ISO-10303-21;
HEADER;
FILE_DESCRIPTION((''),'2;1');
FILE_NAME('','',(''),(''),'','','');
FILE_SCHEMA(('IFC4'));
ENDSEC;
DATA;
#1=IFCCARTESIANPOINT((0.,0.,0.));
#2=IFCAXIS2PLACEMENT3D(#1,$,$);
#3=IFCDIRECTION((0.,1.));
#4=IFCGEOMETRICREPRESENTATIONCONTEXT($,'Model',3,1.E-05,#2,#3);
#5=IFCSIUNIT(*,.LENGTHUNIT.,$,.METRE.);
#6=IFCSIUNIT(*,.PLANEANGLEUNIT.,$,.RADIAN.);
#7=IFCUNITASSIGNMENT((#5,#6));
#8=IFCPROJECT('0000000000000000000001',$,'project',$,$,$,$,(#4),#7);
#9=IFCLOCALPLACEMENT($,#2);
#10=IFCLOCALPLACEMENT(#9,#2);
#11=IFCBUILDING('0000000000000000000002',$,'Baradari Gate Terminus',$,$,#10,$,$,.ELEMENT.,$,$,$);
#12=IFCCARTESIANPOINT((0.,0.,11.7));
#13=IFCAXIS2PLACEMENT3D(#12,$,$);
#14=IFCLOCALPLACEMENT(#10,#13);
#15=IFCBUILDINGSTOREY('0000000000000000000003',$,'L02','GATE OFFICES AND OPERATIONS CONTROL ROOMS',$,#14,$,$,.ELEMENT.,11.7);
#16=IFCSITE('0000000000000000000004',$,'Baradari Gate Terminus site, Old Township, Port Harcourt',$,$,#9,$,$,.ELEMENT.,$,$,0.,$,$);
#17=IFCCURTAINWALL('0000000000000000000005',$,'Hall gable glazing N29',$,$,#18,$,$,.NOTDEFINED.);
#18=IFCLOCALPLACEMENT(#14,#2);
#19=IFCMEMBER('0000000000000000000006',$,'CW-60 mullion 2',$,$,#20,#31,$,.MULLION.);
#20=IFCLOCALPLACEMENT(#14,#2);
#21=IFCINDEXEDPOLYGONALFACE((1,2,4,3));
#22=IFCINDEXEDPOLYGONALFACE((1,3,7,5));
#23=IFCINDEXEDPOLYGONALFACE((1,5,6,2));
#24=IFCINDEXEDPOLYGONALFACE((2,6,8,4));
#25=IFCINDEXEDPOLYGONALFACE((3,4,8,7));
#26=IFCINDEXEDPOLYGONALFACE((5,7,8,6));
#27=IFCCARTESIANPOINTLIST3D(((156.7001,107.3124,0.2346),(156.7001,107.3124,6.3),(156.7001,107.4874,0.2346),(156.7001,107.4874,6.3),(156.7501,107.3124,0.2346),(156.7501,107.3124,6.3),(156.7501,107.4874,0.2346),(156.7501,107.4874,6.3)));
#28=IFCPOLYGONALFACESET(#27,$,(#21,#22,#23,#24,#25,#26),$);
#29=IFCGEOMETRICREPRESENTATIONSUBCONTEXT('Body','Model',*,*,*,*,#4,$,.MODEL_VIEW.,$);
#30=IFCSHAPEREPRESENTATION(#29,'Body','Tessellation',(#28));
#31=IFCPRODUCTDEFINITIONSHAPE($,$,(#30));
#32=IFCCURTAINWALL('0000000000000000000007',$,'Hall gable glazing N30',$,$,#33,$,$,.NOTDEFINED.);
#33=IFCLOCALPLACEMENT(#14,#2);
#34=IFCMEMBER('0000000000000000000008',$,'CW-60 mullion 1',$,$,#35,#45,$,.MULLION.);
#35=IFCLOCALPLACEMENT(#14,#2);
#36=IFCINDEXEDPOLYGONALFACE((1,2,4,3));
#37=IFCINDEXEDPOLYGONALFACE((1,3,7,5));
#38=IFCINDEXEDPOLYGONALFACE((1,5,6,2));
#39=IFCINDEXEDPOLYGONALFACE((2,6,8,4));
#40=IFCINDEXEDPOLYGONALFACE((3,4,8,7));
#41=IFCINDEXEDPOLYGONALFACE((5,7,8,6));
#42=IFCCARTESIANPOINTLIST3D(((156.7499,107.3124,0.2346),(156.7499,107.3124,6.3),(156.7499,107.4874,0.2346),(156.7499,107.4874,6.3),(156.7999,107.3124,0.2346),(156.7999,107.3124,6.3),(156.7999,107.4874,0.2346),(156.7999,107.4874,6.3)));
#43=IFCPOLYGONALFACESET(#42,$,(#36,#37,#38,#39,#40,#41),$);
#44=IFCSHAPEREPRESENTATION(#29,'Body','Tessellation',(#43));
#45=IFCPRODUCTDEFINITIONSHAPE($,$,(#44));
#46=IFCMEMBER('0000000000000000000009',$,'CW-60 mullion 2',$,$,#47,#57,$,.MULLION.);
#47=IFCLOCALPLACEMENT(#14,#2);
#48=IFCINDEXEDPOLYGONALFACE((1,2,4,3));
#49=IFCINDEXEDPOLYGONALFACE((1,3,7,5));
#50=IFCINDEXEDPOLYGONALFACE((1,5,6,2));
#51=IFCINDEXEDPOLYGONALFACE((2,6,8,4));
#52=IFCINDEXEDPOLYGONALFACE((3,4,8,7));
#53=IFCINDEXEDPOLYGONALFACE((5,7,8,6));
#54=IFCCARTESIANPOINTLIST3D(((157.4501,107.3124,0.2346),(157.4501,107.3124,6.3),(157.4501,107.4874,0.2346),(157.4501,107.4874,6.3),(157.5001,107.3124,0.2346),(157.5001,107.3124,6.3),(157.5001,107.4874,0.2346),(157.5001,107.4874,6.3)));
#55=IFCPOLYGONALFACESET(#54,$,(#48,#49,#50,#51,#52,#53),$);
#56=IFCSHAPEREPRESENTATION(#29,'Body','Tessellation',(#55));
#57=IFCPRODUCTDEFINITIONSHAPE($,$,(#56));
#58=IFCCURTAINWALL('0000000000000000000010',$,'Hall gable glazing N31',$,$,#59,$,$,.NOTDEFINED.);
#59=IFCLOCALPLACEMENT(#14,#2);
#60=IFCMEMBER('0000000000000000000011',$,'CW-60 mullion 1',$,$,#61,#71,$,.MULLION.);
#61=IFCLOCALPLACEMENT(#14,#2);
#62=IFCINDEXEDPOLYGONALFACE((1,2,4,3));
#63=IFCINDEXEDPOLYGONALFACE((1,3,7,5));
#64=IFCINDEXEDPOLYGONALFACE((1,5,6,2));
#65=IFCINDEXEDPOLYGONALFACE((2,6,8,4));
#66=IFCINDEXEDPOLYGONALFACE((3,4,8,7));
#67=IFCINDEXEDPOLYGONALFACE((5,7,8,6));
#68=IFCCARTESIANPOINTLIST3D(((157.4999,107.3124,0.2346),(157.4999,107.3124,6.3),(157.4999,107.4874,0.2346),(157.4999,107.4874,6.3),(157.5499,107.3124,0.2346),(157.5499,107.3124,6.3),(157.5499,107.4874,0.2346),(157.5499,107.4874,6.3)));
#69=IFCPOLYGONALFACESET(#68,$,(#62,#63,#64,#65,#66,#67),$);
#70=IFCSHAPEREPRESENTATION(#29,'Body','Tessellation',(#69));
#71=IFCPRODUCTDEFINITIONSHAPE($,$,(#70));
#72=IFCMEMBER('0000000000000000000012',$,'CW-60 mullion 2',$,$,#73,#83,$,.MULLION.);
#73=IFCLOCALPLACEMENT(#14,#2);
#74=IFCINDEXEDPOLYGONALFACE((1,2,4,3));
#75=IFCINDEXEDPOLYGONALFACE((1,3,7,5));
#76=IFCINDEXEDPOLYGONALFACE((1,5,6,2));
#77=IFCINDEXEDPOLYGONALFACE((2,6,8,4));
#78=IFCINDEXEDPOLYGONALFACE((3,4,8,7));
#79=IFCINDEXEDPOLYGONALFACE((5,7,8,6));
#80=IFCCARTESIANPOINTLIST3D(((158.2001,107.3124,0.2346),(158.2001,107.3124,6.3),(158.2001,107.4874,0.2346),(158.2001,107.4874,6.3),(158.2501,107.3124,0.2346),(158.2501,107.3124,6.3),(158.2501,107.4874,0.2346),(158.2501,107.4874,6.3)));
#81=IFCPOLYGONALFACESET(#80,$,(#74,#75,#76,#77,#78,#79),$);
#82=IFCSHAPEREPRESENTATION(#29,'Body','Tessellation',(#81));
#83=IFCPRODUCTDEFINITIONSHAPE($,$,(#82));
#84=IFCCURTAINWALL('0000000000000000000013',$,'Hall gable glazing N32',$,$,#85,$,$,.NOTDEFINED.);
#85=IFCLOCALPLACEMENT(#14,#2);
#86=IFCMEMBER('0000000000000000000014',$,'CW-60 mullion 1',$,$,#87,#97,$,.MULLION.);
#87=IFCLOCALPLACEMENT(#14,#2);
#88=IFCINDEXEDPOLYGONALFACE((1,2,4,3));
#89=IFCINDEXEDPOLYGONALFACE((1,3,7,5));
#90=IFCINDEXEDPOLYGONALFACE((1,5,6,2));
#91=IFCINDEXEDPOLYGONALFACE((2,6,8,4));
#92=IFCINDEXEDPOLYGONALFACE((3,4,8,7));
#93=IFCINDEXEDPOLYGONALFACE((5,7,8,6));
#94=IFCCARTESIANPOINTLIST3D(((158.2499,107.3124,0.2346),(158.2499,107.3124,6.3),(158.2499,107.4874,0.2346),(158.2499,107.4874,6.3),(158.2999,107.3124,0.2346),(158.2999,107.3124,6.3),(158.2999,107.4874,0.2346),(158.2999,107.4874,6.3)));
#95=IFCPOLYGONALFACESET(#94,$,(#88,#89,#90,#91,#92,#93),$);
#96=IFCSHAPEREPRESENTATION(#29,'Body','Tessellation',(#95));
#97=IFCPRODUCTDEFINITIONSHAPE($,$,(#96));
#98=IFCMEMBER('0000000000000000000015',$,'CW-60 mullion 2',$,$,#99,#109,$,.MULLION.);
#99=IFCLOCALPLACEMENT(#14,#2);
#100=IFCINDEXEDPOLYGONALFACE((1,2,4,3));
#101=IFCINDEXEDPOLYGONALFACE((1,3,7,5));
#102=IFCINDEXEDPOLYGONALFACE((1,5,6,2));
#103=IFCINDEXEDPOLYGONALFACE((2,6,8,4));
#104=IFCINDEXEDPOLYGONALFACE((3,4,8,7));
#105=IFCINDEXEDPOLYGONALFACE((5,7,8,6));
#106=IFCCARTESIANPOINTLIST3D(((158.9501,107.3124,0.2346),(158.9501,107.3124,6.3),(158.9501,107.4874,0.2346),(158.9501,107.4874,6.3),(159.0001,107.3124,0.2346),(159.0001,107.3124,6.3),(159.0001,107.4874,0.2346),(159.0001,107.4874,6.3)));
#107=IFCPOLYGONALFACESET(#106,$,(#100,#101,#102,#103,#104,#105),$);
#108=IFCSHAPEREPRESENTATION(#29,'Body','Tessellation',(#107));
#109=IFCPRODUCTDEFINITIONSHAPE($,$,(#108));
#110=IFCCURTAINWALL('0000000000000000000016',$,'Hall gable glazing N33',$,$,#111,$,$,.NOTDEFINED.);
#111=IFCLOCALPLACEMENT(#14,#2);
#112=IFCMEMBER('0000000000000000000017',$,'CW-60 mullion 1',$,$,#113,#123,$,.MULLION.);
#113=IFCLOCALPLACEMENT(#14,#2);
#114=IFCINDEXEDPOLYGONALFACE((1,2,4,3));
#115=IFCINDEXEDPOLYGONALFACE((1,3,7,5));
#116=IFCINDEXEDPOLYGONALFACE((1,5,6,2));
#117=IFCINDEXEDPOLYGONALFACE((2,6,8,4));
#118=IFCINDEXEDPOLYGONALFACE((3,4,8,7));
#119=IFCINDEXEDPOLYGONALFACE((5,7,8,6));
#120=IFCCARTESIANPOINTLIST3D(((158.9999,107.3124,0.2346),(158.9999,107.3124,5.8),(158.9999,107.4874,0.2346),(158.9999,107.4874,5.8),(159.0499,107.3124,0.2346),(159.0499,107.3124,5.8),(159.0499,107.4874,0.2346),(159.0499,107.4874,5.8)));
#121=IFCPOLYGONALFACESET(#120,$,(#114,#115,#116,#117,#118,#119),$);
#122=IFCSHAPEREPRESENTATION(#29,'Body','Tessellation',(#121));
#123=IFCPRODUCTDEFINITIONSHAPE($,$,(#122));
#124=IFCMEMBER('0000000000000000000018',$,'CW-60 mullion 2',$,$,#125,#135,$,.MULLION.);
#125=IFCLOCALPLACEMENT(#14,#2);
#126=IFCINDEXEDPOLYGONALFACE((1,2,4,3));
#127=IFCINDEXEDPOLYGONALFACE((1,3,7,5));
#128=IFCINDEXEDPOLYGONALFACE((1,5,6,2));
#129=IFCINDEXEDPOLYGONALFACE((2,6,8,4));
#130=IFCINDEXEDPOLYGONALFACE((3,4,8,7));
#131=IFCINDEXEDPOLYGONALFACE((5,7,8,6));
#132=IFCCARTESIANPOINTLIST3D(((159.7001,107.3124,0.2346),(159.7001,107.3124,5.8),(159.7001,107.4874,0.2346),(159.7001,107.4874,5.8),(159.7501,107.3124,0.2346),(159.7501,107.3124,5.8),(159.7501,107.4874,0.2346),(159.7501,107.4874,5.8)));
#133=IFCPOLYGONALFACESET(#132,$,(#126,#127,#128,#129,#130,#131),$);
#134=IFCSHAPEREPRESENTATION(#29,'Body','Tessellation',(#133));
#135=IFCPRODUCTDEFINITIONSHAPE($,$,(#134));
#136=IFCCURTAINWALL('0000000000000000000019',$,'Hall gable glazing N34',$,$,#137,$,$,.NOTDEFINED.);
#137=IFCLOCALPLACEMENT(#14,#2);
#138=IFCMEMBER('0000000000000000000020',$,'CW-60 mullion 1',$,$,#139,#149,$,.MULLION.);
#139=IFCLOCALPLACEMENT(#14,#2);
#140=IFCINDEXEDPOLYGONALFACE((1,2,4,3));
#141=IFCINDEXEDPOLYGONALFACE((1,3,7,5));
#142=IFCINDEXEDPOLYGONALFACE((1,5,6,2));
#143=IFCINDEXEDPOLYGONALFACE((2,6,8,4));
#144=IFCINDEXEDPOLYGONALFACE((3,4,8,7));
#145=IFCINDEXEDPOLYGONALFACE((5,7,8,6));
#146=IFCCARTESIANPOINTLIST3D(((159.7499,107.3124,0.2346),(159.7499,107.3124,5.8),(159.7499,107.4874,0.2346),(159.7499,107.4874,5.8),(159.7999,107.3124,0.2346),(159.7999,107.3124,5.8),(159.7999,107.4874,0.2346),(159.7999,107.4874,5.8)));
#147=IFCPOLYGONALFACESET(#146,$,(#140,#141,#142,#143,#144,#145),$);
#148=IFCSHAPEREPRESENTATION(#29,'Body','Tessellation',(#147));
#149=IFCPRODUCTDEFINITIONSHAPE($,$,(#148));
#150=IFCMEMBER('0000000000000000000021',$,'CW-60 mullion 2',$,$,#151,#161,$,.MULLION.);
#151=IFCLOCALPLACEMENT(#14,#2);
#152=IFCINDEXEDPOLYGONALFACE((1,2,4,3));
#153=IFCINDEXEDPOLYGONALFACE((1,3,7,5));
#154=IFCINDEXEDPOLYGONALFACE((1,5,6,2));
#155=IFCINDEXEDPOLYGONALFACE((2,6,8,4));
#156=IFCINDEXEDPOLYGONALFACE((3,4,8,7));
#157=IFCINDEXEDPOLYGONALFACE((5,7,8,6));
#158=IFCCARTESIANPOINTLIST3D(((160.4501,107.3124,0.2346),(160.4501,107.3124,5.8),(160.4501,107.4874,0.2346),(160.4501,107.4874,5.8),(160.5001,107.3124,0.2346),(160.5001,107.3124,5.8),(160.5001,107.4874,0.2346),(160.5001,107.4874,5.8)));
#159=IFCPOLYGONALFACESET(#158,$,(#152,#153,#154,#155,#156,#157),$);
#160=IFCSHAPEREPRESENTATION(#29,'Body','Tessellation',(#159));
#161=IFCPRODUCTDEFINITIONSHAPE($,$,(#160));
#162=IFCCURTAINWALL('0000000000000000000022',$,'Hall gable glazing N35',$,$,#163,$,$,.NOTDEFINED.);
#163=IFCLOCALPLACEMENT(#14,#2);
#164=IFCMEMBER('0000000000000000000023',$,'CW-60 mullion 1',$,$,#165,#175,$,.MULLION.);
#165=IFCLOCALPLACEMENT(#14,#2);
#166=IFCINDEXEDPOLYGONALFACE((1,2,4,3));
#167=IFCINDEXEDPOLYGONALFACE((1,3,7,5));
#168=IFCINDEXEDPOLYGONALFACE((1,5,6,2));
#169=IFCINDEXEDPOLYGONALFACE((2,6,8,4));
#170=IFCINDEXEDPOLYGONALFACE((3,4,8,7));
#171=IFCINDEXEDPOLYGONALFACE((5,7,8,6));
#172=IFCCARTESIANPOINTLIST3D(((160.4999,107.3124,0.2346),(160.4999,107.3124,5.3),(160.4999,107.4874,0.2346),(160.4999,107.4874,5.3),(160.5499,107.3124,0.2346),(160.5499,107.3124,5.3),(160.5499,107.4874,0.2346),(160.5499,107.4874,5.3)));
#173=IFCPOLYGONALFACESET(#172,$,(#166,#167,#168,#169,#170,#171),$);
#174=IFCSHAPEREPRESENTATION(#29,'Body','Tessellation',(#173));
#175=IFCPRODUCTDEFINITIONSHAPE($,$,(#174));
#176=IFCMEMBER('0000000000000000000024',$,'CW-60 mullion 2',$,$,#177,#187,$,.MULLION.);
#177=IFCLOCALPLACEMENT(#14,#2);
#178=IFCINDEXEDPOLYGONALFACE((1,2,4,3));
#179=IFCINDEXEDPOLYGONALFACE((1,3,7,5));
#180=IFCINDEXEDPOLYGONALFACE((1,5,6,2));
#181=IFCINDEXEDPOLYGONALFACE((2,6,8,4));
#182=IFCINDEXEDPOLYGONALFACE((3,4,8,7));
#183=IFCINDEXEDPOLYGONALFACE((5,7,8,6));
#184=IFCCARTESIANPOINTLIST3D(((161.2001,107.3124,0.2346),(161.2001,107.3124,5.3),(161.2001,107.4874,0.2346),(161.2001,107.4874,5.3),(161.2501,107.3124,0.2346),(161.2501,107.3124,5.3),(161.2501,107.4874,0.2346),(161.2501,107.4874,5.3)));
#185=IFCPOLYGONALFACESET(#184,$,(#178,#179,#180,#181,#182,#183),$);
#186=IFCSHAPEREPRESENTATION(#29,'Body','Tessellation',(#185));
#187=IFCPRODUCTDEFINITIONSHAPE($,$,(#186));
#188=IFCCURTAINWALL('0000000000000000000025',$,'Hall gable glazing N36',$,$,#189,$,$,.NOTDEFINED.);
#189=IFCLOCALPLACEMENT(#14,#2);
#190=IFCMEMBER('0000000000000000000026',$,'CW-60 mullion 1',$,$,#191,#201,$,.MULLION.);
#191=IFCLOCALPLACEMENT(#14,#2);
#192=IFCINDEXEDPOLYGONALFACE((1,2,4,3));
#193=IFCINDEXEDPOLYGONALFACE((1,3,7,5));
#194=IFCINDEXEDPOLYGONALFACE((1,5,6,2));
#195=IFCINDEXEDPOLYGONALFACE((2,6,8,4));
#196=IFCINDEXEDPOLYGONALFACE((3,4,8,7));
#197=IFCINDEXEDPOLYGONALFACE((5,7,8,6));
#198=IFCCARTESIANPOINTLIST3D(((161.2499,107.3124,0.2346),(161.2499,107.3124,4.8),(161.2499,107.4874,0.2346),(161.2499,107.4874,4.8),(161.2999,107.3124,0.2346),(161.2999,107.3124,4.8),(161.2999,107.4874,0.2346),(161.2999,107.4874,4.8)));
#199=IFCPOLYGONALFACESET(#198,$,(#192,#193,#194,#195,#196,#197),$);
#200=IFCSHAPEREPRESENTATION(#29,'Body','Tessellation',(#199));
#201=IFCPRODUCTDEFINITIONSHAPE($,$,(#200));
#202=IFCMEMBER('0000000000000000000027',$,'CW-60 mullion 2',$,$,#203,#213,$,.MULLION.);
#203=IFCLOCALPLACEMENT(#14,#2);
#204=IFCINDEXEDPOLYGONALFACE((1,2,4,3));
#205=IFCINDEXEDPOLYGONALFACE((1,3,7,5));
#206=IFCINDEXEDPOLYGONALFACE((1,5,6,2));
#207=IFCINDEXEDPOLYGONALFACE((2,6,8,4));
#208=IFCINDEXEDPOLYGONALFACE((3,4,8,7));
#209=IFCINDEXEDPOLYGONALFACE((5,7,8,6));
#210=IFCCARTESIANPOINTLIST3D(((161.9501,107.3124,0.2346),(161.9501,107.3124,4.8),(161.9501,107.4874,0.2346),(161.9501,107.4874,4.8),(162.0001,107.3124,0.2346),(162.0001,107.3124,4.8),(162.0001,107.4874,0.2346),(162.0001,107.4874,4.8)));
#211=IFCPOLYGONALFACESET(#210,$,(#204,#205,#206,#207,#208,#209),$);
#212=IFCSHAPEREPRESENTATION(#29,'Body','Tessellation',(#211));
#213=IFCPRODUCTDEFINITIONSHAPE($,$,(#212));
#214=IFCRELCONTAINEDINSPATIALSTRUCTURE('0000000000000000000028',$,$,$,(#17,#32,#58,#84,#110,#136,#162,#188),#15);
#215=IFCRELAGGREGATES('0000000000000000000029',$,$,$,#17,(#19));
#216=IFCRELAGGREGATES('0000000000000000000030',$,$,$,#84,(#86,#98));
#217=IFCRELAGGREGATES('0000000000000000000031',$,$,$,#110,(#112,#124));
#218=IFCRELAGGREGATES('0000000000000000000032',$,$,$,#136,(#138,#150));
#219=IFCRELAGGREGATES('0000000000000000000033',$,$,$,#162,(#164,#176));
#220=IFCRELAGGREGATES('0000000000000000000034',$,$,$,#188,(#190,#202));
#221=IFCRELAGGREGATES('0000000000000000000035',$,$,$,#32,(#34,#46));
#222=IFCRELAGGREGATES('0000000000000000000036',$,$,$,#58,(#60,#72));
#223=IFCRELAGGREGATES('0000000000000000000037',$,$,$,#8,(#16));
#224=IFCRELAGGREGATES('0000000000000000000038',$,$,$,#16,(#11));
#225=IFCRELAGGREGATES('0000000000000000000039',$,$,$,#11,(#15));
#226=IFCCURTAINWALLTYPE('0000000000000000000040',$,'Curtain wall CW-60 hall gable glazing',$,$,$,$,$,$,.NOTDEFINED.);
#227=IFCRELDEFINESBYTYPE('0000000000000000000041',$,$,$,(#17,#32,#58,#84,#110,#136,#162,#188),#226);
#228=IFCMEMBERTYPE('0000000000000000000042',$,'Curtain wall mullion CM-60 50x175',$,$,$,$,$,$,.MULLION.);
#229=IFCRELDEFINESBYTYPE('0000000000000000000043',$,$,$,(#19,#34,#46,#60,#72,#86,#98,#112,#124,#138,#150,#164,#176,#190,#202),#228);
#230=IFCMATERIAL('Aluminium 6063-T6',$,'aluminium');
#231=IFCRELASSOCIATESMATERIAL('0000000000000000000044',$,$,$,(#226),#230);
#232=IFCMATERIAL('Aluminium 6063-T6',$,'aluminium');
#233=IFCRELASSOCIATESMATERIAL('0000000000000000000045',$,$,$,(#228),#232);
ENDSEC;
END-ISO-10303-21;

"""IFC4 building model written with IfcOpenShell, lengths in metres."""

from ifc_helpers import new_model, si_unit, direction, frame, origin, origin_2d, place, context, subcontext, project, spatial, rectangle, extrude, material, material_profile, profile_set, type_object, element, aggregate, save


model = new_model("IFC4")

# Units and contexts
model_context = context("Model", 3, precision=1e-05, world=origin(), true_north=direction((0.0, 1.0)))
body_context = subcontext(model_context, "Body", "Model", "MODEL_VIEW")
ifc_project = project(units=[si_unit("LENGTHUNIT", "METRE"), si_unit("PLANEANGLEUNIT", "RADIAN")], contexts=[model_context])

# Site, building, storey
site_placement = place(None, origin())
site = spatial("IfcSite", under=ifc_project, at=site_placement, Name="Baradari Gate Terminus site, Old Township, Port Harcourt", CompositionType="ELEMENT", RefElevation=0.0)
building_placement = place(site_placement, origin())
building = spatial("IfcBuilding", under=site, at=building_placement, Name="Baradari Gate Terminus", CompositionType="ELEMENT")
storey_placement = place(building_placement, frame((0.0, 0.0, 11.7)))
storey = spatial("IfcBuildingStorey", under=building, at=storey_placement, Name="L02", Description="GATE OFFICES AND OPERATIONS CONTROL ROOMS", CompositionType="ELEMENT", Elevation=11.7)

# Curtain wall, member
ifc_material_1 = material(Name="Aluminium 6063-T6", Category="aluminium")
curtain_wall_type = type_object("IfcCurtainWallType", Name="Curtain wall CW-60 hall gable glazing", PredefinedType="NOTDEFINED", material=ifc_material_1)
curtain_wall_1_placement = place(storey_placement, origin())
curtain_wall_1 = element("IfcCurtainWall", 1, at=curtain_wall_1_placement, inside=storey, type_object=curtain_wall_type, Name="Hall gable glazing N29", PredefinedType="NOTDEFINED")
ifc_material_2 = material(Name="Aluminium 6063-T6", Category="aluminium")
ifc_material_profile_1 = material_profile(ifc_material_2, rectangle(XDim=0.175, YDim=0.05, at=origin_2d()), Name="CM-60 50X175")
ifc_profile_set_1 = profile_set([ifc_material_profile_1], Name="Aluminium 6063-T6")
member_type_1 = type_object("IfcMemberType", Name="Curtain wall mullion CM-60 50x175", PredefinedType="MULLION", material=ifc_profile_set_1)
member_1_placement = place(storey_placement, frame((156.7251, 107.3999, 0.2346), z_axis=(0.0, 0.0, 1.0), x_axis=(0.0, 1.0, 0.0)))
member_1 = element("IfcMember", 2, at=member_1_placement, type_object=member_type_1, Name="CW-60 mullion 2", PredefinedType="MULLION", context=body_context, shape_type="SweptSolid", body=[
    extrude(rectangle(XDim=0.175, YDim=0.05, at=origin_2d()), origin(), (0.0, 0.0, 1.0), 6.0654),
])
aggregate(curtain_wall_1, [member_1])

# Curtain walls, members
curtain_wall_2_placement = place(storey_placement, origin())
curtain_wall_2 = element("IfcCurtainWall", 3, at=curtain_wall_2_placement, inside=storey, type_object=curtain_wall_type, Name="Hall gable glazing N30", PredefinedType="NOTDEFINED")
member_2_placement = place(storey_placement, frame((156.7749, 107.3999, 0.2346), z_axis=(0.0, 0.0, 1.0), x_axis=(0.0, 1.0, 0.0)))
member_2 = element("IfcMember", 4, at=member_2_placement, type_object=member_type_1, Name="CW-60 mullion 1", PredefinedType="MULLION", context=body_context, shape_type="SweptSolid", body=[
    extrude(rectangle(XDim=0.175, YDim=0.05, at=origin_2d()), origin(), (0.0, 0.0, 1.0), 6.0654),
])
member_3_placement = place(storey_placement, frame((157.4751, 107.3999, 0.2346), z_axis=(0.0, 0.0, 1.0), x_axis=(0.0, 1.0, 0.0)))
member_3 = element("IfcMember", 5, at=member_3_placement, type_object=member_type_1, Name="CW-60 mullion 2", PredefinedType="MULLION", context=body_context, shape_type="SweptSolid", body=[
    extrude(rectangle(XDim=0.175, YDim=0.05, at=origin_2d()), origin(), (0.0, 0.0, 1.0), 6.0654),
])
curtain_wall_3_placement = place(storey_placement, origin())
curtain_wall_3 = element("IfcCurtainWall", 6, at=curtain_wall_3_placement, inside=storey, type_object=curtain_wall_type, Name="Hall gable glazing N31", PredefinedType="NOTDEFINED")
member_4_placement = place(storey_placement, frame((157.5249, 107.3999, 0.2346), z_axis=(0.0, 0.0, 1.0), x_axis=(0.0, 1.0, 0.0)))
member_4 = element("IfcMember", 7, at=member_4_placement, type_object=member_type_1, Name="CW-60 mullion 1", PredefinedType="MULLION", context=body_context, shape_type="SweptSolid", body=[
    extrude(rectangle(XDim=0.175, YDim=0.05, at=origin_2d()), origin(), (0.0, 0.0, 1.0), 6.0654),
])
member_5_placement = place(storey_placement, frame((158.2251, 107.3999, 0.2346), z_axis=(0.0, 0.0, 1.0), x_axis=(0.0, 1.0, 0.0)))
member_5 = element("IfcMember", 8, at=member_5_placement, type_object=member_type_1, Name="CW-60 mullion 2", PredefinedType="MULLION", context=body_context, shape_type="SweptSolid", body=[
    extrude(rectangle(XDim=0.175, YDim=0.05, at=origin_2d()), origin(), (0.0, 0.0, 1.0), 6.0654),
])
curtain_wall_4_placement = place(storey_placement, origin())
curtain_wall_4 = element("IfcCurtainWall", 9, at=curtain_wall_4_placement, inside=storey, type_object=curtain_wall_type, Name="Hall gable glazing N32", PredefinedType="NOTDEFINED")
member_6_placement = place(storey_placement, frame((158.2749, 107.3999, 0.2346), z_axis=(0.0, 0.0, 1.0), x_axis=(0.0, 1.0, 0.0)))
member_6 = element("IfcMember", 10, at=member_6_placement, type_object=member_type_1, Name="CW-60 mullion 1", PredefinedType="MULLION", context=body_context, shape_type="SweptSolid", body=[
    extrude(rectangle(XDim=0.175, YDim=0.05, at=origin_2d()), origin(), (0.0, 0.0, 1.0), 6.0654),
])
member_7_placement = place(storey_placement, frame((158.9751, 107.3999, 0.2346), z_axis=(0.0, 0.0, 1.0), x_axis=(0.0, 1.0, 0.0)))
member_7 = element("IfcMember", 11, at=member_7_placement, type_object=member_type_1, Name="CW-60 mullion 2", PredefinedType="MULLION", context=body_context, shape_type="SweptSolid", body=[
    extrude(rectangle(XDim=0.175, YDim=0.05, at=origin_2d()), origin(), (0.0, 0.0, 1.0), 6.0654),
])
curtain_wall_5_placement = place(storey_placement, origin())
curtain_wall_5 = element("IfcCurtainWall", 12, at=curtain_wall_5_placement, inside=storey, type_object=curtain_wall_type, Name="Hall gable glazing N33", PredefinedType="NOTDEFINED")
member_8_placement = place(storey_placement, frame((159.0249, 107.3999, 0.2346), z_axis=(0.0, 0.0, 1.0), x_axis=(0.0, 1.0, 0.0)))
member_8 = element("IfcMember", 13, at=member_8_placement, type_object=member_type_1, Name="CW-60 mullion 1", PredefinedType="MULLION", context=body_context, shape_type="SweptSolid", body=[
    extrude(rectangle(XDim=0.175, YDim=0.05, at=origin_2d()), origin(), (0.0, 0.0, 1.0), 5.5654),
])
member_9_placement = place(storey_placement, frame((159.7251, 107.3999, 0.2346), z_axis=(0.0, 0.0, 1.0), x_axis=(0.0, 1.0, 0.0)))
member_9 = element("IfcMember", 14, at=member_9_placement, type_object=member_type_1, Name="CW-60 mullion 2", PredefinedType="MULLION", context=body_context, shape_type="SweptSolid", body=[
    extrude(rectangle(XDim=0.175, YDim=0.05, at=origin_2d()), origin(), (0.0, 0.0, 1.0), 5.5654),
])
curtain_wall_6_placement = place(storey_placement, origin())
curtain_wall_6 = element("IfcCurtainWall", 15, at=curtain_wall_6_placement, inside=storey, type_object=curtain_wall_type, Name="Hall gable glazing N34", PredefinedType="NOTDEFINED")
member_10_placement = place(storey_placement, frame((159.7749, 107.3999, 0.2346), z_axis=(0.0, 0.0, 1.0), x_axis=(0.0, 1.0, 0.0)))
member_10 = element("IfcMember", 16, at=member_10_placement, type_object=member_type_1, Name="CW-60 mullion 1", PredefinedType="MULLION", context=body_context, shape_type="SweptSolid", body=[
    extrude(rectangle(XDim=0.175, YDim=0.05, at=origin_2d()), origin(), (0.0, 0.0, 1.0), 5.5654),
])
member_11_placement = place(storey_placement, frame((160.4751, 107.3999, 0.2346), z_axis=(0.0, 0.0, 1.0), x_axis=(0.0, 1.0, 0.0)))
member_11 = element("IfcMember", 17, at=member_11_placement, type_object=member_type_1, Name="CW-60 mullion 2", PredefinedType="MULLION", context=body_context, shape_type="SweptSolid", body=[
    extrude(rectangle(XDim=0.175, YDim=0.05, at=origin_2d()), origin(), (0.0, 0.0, 1.0), 5.5654),
])
curtain_wall_7_placement = place(storey_placement, origin())
curtain_wall_7 = element("IfcCurtainWall", 18, at=curtain_wall_7_placement, inside=storey, type_object=curtain_wall_type, Name="Hall gable glazing N35", PredefinedType="NOTDEFINED")
member_12_placement = place(storey_placement, frame((160.5249, 107.3999, 0.2346), z_axis=(0.0, 0.0, 1.0), x_axis=(0.0, 1.0, 0.0)))
member_12 = element("IfcMember", 19, at=member_12_placement, type_object=member_type_1, Name="CW-60 mullion 1", PredefinedType="MULLION", context=body_context, shape_type="SweptSolid", body=[
    extrude(rectangle(XDim=0.175, YDim=0.05, at=origin_2d()), origin(), (0.0, 0.0, 1.0), 5.0654),
])
member_13_placement = place(storey_placement, frame((161.2251, 107.3999, 0.2346), z_axis=(0.0, 0.0, 1.0), x_axis=(0.0, 1.0, 0.0)))
member_13 = element("IfcMember", 20, at=member_13_placement, type_object=member_type_1, Name="CW-60 mullion 2", PredefinedType="MULLION", context=body_context, shape_type="SweptSolid", body=[
    extrude(rectangle(XDim=0.175, YDim=0.05, at=origin_2d()), origin(), (0.0, 0.0, 1.0), 5.0654),
])
curtain_wall_8_placement = place(storey_placement, origin())
curtain_wall_8 = element("IfcCurtainWall", 21, at=curtain_wall_8_placement, inside=storey, type_object=curtain_wall_type, Name="Hall gable glazing N36", PredefinedType="NOTDEFINED")
member_14_placement = place(storey_placement, frame((161.2749, 107.3999, 0.2346), z_axis=(0.0, 0.0, 1.0), x_axis=(0.0, 1.0, 0.0)))
member_14 = element("IfcMember", 22, at=member_14_placement, type_object=member_type_1, Name="CW-60 mullion 1", PredefinedType="MULLION", context=body_context, shape_type="SweptSolid", body=[
    extrude(rectangle(XDim=0.175, YDim=0.05, at=origin_2d()), origin(), (0.0, 0.0, 1.0), 4.5654),
])
member_15_placement = place(storey_placement, frame((161.9751, 107.3999, 0.2346), z_axis=(0.0, 0.0, 1.0), x_axis=(0.0, 1.0, 0.0)))
member_15 = element("IfcMember", 23, at=member_15_placement, type_object=member_type_1, Name="CW-60 mullion 2", PredefinedType="MULLION", context=body_context, shape_type="SweptSolid", body=[
    extrude(rectangle(XDim=0.175, YDim=0.05, at=origin_2d()), origin(), (0.0, 0.0, 1.0), 4.5654),
])

aggregate(curtain_wall_4, [member_6, member_7])
aggregate(curtain_wall_5, [member_8, member_9])
aggregate(curtain_wall_6, [member_10, member_11])
aggregate(curtain_wall_7, [member_12, member_13])
aggregate(curtain_wall_8, [member_14, member_15])

aggregate(curtain_wall_2, [member_2, member_3])
aggregate(curtain_wall_3, [member_4, member_5])

save(model, "model.ifc")
